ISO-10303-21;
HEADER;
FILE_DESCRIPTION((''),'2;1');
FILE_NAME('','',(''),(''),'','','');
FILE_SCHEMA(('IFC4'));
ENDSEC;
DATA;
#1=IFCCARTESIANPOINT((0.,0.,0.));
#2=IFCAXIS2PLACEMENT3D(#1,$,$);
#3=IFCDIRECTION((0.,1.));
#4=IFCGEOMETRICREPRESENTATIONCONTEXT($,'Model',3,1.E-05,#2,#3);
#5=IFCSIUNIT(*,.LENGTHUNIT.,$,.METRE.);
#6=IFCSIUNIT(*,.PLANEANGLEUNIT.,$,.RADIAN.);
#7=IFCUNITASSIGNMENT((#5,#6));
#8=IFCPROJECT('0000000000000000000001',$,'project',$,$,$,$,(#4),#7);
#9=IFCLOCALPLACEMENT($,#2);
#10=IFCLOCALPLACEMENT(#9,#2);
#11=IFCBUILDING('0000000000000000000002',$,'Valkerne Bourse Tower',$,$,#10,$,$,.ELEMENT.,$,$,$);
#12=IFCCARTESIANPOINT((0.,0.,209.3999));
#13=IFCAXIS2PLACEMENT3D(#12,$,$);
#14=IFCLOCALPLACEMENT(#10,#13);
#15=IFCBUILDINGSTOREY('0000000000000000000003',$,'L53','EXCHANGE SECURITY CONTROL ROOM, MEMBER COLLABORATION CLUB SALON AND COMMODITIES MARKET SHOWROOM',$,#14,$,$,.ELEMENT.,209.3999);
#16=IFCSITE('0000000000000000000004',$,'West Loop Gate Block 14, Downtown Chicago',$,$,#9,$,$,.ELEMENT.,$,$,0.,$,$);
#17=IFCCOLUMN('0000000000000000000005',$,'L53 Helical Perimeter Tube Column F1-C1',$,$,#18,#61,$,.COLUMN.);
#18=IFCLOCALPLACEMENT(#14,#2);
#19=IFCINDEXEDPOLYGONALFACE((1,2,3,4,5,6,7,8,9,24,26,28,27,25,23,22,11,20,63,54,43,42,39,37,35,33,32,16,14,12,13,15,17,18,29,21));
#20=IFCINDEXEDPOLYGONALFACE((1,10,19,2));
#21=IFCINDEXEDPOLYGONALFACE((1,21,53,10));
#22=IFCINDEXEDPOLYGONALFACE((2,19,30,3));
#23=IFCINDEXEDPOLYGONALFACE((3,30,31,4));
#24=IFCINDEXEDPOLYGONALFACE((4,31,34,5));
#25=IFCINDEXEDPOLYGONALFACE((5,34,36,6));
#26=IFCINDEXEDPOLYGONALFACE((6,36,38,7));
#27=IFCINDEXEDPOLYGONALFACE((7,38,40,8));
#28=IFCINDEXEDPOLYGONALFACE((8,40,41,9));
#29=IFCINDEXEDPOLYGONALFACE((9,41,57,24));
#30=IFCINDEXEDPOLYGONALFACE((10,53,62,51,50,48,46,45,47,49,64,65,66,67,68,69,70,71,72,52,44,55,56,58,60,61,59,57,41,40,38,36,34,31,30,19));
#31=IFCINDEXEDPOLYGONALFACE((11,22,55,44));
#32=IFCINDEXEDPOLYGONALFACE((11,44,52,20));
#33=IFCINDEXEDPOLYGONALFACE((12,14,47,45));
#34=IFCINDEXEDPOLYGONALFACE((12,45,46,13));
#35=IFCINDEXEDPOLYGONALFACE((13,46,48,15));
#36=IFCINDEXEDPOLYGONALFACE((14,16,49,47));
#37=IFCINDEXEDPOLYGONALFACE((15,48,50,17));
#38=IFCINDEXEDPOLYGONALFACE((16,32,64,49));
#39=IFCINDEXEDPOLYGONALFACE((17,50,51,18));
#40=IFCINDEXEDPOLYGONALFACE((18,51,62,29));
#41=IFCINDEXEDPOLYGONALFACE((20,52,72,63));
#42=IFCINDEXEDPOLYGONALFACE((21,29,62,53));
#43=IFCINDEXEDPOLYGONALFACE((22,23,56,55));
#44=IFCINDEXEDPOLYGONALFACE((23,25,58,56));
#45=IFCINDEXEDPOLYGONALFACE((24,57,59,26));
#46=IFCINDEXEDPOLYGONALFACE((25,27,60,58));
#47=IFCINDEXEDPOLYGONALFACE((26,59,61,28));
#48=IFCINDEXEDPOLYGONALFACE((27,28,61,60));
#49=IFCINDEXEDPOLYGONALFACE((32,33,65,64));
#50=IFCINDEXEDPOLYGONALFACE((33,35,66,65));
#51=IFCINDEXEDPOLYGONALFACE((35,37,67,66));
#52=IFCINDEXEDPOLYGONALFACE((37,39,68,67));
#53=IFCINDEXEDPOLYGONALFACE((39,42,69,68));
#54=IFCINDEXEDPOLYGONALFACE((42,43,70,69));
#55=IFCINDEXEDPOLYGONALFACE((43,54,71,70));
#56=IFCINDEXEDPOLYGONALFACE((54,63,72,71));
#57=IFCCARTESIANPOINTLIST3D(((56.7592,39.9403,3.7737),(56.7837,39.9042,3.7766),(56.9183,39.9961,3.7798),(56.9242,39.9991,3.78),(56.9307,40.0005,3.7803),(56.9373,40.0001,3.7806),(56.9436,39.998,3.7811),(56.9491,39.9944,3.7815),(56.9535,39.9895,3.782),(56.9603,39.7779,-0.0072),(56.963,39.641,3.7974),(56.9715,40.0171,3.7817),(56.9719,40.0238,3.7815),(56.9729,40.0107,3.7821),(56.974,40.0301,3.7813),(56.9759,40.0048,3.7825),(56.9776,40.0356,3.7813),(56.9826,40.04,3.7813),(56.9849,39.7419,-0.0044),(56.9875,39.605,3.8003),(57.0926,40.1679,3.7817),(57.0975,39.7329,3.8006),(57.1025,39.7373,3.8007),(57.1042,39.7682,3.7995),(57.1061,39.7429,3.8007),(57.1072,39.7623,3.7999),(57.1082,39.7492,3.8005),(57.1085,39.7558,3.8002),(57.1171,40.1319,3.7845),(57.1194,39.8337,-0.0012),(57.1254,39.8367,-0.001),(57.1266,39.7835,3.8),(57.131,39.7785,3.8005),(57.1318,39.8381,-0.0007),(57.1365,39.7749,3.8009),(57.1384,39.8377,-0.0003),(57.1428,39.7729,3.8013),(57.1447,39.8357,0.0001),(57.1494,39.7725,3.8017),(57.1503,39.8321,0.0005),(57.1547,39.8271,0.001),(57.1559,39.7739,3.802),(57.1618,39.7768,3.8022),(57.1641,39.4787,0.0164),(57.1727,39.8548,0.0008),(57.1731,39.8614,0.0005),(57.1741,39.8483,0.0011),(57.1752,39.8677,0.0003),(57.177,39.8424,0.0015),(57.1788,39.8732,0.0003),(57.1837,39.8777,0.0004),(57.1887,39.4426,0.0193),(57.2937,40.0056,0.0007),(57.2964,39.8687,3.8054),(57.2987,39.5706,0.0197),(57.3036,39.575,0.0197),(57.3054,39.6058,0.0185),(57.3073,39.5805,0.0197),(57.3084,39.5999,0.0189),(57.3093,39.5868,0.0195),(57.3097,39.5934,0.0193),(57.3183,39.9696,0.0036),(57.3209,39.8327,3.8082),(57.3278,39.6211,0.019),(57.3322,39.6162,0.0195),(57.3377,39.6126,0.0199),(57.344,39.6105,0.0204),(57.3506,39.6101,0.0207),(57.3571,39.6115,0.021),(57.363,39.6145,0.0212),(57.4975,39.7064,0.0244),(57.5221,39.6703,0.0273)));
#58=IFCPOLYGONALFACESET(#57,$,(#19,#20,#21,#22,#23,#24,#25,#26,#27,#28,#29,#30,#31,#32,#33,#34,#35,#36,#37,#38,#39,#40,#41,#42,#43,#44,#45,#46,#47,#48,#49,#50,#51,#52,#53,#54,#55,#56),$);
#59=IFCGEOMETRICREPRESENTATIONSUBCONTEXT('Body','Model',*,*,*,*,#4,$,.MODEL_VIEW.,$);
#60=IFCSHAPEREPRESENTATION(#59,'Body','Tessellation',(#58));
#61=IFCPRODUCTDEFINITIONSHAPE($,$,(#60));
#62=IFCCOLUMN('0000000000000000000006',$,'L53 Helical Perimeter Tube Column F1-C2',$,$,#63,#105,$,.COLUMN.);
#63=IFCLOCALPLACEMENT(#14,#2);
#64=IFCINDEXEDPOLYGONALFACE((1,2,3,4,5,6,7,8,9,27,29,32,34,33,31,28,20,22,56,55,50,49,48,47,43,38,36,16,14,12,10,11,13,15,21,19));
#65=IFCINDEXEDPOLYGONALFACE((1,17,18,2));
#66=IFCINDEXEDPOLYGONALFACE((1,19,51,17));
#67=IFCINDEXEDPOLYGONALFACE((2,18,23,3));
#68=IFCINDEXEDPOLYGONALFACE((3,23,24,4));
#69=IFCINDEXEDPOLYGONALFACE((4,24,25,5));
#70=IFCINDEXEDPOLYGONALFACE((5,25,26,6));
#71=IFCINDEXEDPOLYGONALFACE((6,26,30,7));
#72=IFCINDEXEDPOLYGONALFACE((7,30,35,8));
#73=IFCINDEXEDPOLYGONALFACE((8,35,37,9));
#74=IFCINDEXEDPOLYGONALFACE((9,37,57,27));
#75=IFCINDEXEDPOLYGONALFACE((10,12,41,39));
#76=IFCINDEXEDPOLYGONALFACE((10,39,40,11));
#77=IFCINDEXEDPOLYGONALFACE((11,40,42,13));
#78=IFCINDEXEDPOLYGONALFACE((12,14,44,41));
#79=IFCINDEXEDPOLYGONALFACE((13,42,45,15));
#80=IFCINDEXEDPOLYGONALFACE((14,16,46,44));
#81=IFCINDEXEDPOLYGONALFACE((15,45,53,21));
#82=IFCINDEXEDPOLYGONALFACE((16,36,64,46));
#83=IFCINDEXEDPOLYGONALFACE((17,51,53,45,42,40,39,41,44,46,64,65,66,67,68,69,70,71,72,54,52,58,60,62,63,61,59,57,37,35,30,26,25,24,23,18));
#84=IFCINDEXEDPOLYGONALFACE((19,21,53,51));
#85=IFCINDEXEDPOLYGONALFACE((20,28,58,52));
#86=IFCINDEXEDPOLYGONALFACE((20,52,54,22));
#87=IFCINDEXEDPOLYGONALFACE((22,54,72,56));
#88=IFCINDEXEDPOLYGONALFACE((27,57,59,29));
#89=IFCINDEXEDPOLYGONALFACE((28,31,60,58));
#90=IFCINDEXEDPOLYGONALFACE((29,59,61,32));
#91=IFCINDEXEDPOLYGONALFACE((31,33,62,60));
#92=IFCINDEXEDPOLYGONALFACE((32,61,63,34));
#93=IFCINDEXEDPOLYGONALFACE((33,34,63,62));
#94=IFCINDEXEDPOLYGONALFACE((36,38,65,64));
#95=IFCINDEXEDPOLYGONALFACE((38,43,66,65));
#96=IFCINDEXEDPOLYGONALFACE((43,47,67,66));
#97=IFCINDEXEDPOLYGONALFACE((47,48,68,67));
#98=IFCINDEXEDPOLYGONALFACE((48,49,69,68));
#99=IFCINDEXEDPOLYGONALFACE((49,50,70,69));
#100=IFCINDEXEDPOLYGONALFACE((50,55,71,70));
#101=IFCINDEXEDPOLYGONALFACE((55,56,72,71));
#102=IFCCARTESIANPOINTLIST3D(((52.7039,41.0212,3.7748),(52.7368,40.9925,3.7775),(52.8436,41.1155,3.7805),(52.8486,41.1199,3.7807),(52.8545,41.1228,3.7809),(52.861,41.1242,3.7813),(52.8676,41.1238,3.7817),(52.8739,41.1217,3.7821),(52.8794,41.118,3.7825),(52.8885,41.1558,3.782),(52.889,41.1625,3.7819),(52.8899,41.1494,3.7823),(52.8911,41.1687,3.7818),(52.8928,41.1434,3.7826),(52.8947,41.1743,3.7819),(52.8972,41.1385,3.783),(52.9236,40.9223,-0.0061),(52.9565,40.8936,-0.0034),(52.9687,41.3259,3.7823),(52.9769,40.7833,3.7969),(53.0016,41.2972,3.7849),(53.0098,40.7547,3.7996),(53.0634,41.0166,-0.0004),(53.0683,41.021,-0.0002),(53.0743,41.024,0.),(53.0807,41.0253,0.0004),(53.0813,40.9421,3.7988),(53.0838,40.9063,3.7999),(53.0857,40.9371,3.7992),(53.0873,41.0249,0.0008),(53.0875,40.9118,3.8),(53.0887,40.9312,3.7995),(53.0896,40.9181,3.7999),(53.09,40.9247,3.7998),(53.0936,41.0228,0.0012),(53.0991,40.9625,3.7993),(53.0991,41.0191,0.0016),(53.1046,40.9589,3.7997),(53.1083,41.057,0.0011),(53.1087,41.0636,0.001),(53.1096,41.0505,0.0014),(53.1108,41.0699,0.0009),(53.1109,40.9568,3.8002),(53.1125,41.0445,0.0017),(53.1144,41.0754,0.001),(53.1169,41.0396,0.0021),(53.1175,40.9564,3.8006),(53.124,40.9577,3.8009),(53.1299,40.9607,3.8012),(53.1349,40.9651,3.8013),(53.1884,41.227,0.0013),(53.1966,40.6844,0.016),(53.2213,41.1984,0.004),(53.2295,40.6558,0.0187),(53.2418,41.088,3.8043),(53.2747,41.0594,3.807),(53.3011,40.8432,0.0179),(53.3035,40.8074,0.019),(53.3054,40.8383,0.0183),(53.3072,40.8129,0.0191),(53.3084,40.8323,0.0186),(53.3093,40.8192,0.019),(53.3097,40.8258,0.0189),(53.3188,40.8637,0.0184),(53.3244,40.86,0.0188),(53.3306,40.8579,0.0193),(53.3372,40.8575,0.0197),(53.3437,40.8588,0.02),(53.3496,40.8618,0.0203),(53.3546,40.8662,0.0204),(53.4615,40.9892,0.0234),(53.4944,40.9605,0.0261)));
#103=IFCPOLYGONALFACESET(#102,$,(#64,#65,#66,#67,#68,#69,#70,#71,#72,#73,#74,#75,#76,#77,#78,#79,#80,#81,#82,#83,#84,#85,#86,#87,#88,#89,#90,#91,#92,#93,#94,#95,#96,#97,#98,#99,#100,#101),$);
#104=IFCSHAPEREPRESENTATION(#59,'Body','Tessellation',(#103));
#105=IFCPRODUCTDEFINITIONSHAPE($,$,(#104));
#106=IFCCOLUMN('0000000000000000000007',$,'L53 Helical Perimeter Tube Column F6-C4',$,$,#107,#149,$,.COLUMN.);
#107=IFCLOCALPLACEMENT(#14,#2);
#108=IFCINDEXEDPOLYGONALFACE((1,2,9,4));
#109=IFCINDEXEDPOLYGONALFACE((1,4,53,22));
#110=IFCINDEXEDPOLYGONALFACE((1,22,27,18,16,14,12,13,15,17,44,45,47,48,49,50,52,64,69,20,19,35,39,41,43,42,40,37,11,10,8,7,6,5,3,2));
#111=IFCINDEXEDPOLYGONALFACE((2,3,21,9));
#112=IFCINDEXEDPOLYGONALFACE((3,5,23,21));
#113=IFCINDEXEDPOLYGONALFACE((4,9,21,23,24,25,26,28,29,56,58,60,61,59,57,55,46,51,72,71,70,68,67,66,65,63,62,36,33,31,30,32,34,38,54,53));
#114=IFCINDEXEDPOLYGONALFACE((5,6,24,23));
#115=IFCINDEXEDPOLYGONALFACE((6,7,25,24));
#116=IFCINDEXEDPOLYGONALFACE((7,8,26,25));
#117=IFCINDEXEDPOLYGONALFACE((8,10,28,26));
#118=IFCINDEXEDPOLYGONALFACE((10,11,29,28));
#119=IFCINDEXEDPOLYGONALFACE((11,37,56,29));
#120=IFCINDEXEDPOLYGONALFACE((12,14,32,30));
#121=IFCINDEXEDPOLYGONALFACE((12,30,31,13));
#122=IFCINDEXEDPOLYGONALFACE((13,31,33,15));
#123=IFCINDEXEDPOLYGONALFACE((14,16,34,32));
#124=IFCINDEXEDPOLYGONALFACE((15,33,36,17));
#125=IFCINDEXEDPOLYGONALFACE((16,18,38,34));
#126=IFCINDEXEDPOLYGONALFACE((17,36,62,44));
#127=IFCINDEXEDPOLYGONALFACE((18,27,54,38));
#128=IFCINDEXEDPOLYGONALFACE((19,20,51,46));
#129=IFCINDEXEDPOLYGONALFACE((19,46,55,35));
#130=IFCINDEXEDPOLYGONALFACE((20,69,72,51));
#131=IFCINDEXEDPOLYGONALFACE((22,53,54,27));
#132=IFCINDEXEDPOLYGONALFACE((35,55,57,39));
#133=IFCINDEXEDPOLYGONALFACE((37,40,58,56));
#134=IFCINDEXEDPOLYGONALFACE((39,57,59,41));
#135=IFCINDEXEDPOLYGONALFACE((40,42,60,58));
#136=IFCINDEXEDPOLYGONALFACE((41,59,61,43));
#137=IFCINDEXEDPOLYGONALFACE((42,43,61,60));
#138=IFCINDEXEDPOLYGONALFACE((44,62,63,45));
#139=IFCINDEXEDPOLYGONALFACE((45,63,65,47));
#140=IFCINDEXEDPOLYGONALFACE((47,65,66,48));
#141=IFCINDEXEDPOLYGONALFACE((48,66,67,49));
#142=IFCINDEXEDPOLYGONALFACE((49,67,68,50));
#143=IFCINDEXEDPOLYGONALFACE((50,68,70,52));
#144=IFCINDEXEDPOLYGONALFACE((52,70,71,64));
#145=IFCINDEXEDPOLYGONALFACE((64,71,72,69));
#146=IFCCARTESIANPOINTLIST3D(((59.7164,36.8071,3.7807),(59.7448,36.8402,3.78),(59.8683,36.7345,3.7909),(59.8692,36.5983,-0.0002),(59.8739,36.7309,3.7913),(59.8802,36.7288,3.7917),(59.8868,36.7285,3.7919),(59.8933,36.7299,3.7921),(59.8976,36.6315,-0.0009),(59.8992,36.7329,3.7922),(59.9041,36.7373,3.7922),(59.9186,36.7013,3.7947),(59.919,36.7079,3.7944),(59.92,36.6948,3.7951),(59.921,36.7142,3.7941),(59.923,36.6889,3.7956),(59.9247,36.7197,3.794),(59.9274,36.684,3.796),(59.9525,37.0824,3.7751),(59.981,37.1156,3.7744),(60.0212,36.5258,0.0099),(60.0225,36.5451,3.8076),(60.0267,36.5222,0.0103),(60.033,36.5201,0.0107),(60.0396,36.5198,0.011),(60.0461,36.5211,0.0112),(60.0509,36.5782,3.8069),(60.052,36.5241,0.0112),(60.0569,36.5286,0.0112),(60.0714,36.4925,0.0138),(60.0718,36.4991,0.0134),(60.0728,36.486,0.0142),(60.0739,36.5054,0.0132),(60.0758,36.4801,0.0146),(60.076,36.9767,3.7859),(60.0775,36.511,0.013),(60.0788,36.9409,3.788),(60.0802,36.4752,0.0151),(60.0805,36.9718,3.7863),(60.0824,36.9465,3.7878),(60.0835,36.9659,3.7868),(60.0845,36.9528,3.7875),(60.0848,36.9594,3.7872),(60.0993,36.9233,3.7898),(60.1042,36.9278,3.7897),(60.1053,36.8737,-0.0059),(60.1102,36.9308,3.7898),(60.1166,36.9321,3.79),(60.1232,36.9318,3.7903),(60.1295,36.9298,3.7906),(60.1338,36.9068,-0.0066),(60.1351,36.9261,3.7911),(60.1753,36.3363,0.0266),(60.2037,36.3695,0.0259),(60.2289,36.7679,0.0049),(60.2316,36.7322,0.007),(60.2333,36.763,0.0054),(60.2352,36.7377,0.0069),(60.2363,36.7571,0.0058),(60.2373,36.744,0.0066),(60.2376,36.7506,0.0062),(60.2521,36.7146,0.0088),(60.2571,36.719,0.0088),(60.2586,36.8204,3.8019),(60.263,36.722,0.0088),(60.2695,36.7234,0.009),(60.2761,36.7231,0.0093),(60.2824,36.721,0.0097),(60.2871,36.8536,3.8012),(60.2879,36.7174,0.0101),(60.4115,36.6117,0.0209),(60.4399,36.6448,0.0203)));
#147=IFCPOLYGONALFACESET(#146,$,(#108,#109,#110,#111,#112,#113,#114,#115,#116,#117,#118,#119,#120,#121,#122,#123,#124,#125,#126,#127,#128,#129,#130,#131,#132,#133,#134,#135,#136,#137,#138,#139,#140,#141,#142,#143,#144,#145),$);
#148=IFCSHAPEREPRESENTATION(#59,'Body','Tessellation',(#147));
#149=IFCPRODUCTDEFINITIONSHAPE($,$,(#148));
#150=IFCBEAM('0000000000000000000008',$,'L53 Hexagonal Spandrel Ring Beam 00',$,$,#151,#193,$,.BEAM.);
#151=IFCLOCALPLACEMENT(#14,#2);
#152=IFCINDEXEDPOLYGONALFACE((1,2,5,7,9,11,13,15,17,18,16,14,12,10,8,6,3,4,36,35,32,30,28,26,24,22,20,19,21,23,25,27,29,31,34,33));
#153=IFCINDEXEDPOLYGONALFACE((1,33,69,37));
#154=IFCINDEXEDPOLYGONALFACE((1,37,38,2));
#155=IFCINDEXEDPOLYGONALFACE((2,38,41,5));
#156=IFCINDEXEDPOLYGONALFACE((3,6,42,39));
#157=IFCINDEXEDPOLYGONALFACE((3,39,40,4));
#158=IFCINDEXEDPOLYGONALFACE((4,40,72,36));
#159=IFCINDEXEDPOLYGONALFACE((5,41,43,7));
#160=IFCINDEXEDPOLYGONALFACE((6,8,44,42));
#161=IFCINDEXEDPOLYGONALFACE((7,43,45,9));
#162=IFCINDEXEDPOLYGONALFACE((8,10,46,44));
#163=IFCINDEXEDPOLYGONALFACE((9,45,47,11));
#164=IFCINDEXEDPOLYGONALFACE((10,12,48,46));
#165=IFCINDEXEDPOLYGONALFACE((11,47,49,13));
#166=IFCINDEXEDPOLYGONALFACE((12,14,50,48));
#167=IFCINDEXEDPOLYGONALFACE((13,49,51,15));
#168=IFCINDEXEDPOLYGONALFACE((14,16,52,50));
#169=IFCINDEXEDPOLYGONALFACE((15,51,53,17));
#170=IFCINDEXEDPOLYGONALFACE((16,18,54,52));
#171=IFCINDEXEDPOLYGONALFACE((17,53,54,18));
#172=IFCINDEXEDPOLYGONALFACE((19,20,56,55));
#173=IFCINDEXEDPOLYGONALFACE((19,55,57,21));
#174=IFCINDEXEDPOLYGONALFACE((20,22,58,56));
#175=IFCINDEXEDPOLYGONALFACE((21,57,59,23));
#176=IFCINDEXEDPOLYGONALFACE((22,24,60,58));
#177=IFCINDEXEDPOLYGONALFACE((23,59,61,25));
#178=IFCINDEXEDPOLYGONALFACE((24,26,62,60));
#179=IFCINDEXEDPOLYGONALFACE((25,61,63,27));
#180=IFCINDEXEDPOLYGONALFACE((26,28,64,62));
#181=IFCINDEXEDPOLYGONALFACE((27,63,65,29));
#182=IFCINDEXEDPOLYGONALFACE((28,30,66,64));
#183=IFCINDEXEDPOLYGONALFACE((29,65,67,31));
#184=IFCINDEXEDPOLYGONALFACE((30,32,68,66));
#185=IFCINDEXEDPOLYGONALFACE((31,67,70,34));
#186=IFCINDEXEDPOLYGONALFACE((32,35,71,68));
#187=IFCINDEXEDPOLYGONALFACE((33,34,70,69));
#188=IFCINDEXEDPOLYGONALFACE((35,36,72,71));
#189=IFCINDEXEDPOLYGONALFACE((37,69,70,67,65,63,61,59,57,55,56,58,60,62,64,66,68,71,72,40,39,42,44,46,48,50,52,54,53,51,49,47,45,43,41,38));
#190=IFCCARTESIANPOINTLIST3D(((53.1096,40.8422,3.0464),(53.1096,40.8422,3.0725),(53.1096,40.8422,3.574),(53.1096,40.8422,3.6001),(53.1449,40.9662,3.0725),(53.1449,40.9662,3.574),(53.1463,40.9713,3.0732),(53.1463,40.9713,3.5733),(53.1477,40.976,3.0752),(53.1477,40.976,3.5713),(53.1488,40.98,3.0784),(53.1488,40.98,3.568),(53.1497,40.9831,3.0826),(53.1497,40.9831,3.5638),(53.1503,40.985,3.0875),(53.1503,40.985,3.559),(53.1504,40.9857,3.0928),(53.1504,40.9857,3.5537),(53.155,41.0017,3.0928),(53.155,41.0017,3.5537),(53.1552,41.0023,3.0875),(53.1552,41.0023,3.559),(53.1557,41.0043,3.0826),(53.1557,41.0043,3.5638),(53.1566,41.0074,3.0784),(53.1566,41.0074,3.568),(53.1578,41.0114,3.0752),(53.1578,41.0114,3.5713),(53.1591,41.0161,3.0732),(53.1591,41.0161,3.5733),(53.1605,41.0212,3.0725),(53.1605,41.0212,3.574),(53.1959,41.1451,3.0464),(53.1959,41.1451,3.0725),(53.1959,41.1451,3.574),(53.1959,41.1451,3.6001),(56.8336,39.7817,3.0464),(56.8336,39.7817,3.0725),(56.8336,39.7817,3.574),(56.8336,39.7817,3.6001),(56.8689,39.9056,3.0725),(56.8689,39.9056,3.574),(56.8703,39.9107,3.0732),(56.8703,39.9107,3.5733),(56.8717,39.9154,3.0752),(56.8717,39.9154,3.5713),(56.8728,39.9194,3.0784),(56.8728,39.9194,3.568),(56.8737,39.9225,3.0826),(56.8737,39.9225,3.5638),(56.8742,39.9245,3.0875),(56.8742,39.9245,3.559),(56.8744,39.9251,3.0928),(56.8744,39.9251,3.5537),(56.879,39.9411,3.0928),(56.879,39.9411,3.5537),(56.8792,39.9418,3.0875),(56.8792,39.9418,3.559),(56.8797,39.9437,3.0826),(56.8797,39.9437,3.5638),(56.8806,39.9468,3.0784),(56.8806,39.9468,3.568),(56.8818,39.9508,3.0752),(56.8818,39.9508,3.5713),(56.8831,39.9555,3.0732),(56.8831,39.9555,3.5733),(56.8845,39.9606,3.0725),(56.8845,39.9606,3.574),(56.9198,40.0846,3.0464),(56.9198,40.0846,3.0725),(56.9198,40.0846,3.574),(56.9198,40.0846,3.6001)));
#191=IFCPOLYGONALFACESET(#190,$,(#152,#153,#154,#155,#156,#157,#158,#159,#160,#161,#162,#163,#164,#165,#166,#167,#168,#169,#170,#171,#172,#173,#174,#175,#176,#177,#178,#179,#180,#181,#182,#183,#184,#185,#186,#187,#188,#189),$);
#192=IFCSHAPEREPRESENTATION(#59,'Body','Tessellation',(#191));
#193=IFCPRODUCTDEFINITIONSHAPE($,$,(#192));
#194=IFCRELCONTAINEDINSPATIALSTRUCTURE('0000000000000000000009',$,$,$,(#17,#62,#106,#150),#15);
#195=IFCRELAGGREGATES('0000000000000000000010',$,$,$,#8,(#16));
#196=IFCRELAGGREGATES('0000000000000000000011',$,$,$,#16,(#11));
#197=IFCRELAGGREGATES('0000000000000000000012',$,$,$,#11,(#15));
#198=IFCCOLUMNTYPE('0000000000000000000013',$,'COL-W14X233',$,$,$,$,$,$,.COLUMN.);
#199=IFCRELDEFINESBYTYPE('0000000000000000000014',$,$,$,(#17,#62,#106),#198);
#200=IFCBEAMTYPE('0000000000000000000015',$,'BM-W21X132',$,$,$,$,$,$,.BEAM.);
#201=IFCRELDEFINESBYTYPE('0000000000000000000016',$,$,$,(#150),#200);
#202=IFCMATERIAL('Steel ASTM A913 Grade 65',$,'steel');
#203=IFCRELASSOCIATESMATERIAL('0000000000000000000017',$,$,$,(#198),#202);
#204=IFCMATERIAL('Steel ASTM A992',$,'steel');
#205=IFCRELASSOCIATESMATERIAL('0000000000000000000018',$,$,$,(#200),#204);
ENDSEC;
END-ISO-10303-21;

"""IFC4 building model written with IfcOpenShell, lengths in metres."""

from ifc_helpers import new_model, si_unit, direction, frame, origin, origin_2d, place, context, subcontext, project, spatial, i_section, extrude, material, material_profile, profile_set, type_object, element, save


model = new_model("IFC4")

# Units and contexts
model_context = context("Model", 3, precision=1e-05, world=origin(), true_north=direction((0.0, 1.0)))
body_context = subcontext(model_context, "Body", "Model", "MODEL_VIEW")
ifc_project = project(units=[si_unit("LENGTHUNIT", "METRE"), si_unit("PLANEANGLEUNIT", "RADIAN")], contexts=[model_context])

# Site, building, storey
site_placement = place(None, origin())
site = spatial("IfcSite", under=ifc_project, at=site_placement, Name="West Loop Gate Block 14, Downtown Chicago", CompositionType="ELEMENT", RefElevation=0.0)
building_placement = place(site_placement, origin())
building = spatial("IfcBuilding", under=site, at=building_placement, Name="Valkerne Bourse Tower", CompositionType="ELEMENT")
storey_placement = place(building_placement, frame((0.0, 0.0, 209.3999)))
storey = spatial("IfcBuildingStorey", under=building, at=storey_placement, Name="L53", Description="EXCHANGE SECURITY CONTROL ROOM, MEMBER COLLABORATION CLUB SALON AND COMMODITIES MARKET SHOWROOM", CompositionType="ELEMENT", Elevation=209.3999)

# Columns
ifc_material_1 = material(Name="Steel ASTM A913 Grade 65", Category="steel")
ifc_material_profile_1 = material_profile(ifc_material_1, i_section(OverallWidth=0.4038, OverallDepth=0.4065, WebThickness=0.0271, FlangeThickness=0.0437, FilletRadius=0.0254, at=origin_2d()), Name="W14X233")
ifc_profile_set_1 = profile_set([ifc_material_profile_1], Name="Steel ASTM A913 Grade 65")
column_type = type_object("IfcColumnType", Name="COL-W14X233", PredefinedType="COLUMN", material=ifc_profile_set_1)
column_1_placement = place(storey_placement, frame((57.2412, 39.7241, 0.01), z_axis=(-0.053082, 0.042839, 0.997671), x_axis=(0.825622, 0.563879, 0.019715)))
element("IfcColumn", 1, at=column_1_placement, inside=storey, type_object=column_type, Name="L53 Helical Perimeter Tube Column F1-C1", PredefinedType="COLUMN", context=body_context, shape_type="SweptSolid", body=[
    extrude(i_section(OverallWidth=0.4038, OverallDepth=0.4065, WebThickness=0.0271, FlangeThickness=0.0437, FilletRadius=0.0254, at=origin_2d()), origin(), (0.0, 0.0, 1.0), 3.7898),
])
column_2_placement = place(storey_placement, frame((53.209, 40.9414, 0.01), z_axis=(-0.057996, 0.026098, 0.997976), x_axis=(0.655891, 0.754632, 0.018382)))
element("IfcColumn", 2, at=column_2_placement, inside=storey, type_object=column_type, Name="L53 Helical Perimeter Tube Column F1-C2", PredefinedType="COLUMN", context=body_context, shape_type="SweptSolid", body=[
    extrude(i_section(OverallWidth=0.4038, OverallDepth=0.4065, WebThickness=0.0271, FlangeThickness=0.0437, FilletRadius=0.0254, at=origin_2d()), origin(), (0.0, 0.0, 1.0), 3.7886),
])
column_3_placement = place(storey_placement, frame((60.1545, 36.6216, 0.01), z_axis=(-0.040327, 0.055079, 0.997667), x_axis=(0.758046, -0.648806, 0.06646)))
element("IfcColumn", 3, at=column_3_placement, inside=storey, type_object=column_type, Name="L53 Helical Perimeter Tube Column F6-C4", PredefinedType="COLUMN", context=body_context, shape_type="SweptSolid", body=[
    extrude(i_section(OverallWidth=0.4038, OverallDepth=0.4065, WebThickness=0.0271, FlangeThickness=0.0437, FilletRadius=0.0254, at=origin_2d()), origin(), (0.0, 0.0, 1.0), 3.7898),
])

# Beam
ifc_material_2 = material(Name="Steel ASTM A992", Category="steel")
ifc_material_profile_2 = material_profile(ifc_material_2, i_section(OverallWidth=0.3149, OverallDepth=0.5537, WebThickness=0.0166, FlangeThickness=0.0261, FilletRadius=0.0203, at=origin_2d()), Name="W21X132")
ifc_profile_set_2 = profile_set([ifc_material_profile_2], Name="Steel ASTM A992")
beam_type = type_object("IfcBeamType", Name="BM-W21X132", PredefinedType="BEAM", material=ifc_profile_set_2)
for number, where, z_axis, x_axis, name in (
    (4, (56.8767, 39.9331, 3.3232), (-0.961757, 0.273905, 0.0), (-0.273905, -0.961757, 0.0), "L53 Hexagonal Spandrel Ring Beam 00"),
):
    element("IfcBeam", number, at=place(storey_placement, frame(where, z_axis=z_axis, x_axis=x_axis)), inside=storey, type_object=beam_type, Name=name, PredefinedType="BEAM", context=body_context, shape_type="SweptSolid", body=[
        extrude(i_section(OverallWidth=0.3149, OverallDepth=0.5537, WebThickness=0.0166, FlangeThickness=0.0261, FilletRadius=0.0203, at=origin_2d()), origin(), (0.0, 0.0, 1.0), 3.8721),
    ])

save(model, "model.ifc")
